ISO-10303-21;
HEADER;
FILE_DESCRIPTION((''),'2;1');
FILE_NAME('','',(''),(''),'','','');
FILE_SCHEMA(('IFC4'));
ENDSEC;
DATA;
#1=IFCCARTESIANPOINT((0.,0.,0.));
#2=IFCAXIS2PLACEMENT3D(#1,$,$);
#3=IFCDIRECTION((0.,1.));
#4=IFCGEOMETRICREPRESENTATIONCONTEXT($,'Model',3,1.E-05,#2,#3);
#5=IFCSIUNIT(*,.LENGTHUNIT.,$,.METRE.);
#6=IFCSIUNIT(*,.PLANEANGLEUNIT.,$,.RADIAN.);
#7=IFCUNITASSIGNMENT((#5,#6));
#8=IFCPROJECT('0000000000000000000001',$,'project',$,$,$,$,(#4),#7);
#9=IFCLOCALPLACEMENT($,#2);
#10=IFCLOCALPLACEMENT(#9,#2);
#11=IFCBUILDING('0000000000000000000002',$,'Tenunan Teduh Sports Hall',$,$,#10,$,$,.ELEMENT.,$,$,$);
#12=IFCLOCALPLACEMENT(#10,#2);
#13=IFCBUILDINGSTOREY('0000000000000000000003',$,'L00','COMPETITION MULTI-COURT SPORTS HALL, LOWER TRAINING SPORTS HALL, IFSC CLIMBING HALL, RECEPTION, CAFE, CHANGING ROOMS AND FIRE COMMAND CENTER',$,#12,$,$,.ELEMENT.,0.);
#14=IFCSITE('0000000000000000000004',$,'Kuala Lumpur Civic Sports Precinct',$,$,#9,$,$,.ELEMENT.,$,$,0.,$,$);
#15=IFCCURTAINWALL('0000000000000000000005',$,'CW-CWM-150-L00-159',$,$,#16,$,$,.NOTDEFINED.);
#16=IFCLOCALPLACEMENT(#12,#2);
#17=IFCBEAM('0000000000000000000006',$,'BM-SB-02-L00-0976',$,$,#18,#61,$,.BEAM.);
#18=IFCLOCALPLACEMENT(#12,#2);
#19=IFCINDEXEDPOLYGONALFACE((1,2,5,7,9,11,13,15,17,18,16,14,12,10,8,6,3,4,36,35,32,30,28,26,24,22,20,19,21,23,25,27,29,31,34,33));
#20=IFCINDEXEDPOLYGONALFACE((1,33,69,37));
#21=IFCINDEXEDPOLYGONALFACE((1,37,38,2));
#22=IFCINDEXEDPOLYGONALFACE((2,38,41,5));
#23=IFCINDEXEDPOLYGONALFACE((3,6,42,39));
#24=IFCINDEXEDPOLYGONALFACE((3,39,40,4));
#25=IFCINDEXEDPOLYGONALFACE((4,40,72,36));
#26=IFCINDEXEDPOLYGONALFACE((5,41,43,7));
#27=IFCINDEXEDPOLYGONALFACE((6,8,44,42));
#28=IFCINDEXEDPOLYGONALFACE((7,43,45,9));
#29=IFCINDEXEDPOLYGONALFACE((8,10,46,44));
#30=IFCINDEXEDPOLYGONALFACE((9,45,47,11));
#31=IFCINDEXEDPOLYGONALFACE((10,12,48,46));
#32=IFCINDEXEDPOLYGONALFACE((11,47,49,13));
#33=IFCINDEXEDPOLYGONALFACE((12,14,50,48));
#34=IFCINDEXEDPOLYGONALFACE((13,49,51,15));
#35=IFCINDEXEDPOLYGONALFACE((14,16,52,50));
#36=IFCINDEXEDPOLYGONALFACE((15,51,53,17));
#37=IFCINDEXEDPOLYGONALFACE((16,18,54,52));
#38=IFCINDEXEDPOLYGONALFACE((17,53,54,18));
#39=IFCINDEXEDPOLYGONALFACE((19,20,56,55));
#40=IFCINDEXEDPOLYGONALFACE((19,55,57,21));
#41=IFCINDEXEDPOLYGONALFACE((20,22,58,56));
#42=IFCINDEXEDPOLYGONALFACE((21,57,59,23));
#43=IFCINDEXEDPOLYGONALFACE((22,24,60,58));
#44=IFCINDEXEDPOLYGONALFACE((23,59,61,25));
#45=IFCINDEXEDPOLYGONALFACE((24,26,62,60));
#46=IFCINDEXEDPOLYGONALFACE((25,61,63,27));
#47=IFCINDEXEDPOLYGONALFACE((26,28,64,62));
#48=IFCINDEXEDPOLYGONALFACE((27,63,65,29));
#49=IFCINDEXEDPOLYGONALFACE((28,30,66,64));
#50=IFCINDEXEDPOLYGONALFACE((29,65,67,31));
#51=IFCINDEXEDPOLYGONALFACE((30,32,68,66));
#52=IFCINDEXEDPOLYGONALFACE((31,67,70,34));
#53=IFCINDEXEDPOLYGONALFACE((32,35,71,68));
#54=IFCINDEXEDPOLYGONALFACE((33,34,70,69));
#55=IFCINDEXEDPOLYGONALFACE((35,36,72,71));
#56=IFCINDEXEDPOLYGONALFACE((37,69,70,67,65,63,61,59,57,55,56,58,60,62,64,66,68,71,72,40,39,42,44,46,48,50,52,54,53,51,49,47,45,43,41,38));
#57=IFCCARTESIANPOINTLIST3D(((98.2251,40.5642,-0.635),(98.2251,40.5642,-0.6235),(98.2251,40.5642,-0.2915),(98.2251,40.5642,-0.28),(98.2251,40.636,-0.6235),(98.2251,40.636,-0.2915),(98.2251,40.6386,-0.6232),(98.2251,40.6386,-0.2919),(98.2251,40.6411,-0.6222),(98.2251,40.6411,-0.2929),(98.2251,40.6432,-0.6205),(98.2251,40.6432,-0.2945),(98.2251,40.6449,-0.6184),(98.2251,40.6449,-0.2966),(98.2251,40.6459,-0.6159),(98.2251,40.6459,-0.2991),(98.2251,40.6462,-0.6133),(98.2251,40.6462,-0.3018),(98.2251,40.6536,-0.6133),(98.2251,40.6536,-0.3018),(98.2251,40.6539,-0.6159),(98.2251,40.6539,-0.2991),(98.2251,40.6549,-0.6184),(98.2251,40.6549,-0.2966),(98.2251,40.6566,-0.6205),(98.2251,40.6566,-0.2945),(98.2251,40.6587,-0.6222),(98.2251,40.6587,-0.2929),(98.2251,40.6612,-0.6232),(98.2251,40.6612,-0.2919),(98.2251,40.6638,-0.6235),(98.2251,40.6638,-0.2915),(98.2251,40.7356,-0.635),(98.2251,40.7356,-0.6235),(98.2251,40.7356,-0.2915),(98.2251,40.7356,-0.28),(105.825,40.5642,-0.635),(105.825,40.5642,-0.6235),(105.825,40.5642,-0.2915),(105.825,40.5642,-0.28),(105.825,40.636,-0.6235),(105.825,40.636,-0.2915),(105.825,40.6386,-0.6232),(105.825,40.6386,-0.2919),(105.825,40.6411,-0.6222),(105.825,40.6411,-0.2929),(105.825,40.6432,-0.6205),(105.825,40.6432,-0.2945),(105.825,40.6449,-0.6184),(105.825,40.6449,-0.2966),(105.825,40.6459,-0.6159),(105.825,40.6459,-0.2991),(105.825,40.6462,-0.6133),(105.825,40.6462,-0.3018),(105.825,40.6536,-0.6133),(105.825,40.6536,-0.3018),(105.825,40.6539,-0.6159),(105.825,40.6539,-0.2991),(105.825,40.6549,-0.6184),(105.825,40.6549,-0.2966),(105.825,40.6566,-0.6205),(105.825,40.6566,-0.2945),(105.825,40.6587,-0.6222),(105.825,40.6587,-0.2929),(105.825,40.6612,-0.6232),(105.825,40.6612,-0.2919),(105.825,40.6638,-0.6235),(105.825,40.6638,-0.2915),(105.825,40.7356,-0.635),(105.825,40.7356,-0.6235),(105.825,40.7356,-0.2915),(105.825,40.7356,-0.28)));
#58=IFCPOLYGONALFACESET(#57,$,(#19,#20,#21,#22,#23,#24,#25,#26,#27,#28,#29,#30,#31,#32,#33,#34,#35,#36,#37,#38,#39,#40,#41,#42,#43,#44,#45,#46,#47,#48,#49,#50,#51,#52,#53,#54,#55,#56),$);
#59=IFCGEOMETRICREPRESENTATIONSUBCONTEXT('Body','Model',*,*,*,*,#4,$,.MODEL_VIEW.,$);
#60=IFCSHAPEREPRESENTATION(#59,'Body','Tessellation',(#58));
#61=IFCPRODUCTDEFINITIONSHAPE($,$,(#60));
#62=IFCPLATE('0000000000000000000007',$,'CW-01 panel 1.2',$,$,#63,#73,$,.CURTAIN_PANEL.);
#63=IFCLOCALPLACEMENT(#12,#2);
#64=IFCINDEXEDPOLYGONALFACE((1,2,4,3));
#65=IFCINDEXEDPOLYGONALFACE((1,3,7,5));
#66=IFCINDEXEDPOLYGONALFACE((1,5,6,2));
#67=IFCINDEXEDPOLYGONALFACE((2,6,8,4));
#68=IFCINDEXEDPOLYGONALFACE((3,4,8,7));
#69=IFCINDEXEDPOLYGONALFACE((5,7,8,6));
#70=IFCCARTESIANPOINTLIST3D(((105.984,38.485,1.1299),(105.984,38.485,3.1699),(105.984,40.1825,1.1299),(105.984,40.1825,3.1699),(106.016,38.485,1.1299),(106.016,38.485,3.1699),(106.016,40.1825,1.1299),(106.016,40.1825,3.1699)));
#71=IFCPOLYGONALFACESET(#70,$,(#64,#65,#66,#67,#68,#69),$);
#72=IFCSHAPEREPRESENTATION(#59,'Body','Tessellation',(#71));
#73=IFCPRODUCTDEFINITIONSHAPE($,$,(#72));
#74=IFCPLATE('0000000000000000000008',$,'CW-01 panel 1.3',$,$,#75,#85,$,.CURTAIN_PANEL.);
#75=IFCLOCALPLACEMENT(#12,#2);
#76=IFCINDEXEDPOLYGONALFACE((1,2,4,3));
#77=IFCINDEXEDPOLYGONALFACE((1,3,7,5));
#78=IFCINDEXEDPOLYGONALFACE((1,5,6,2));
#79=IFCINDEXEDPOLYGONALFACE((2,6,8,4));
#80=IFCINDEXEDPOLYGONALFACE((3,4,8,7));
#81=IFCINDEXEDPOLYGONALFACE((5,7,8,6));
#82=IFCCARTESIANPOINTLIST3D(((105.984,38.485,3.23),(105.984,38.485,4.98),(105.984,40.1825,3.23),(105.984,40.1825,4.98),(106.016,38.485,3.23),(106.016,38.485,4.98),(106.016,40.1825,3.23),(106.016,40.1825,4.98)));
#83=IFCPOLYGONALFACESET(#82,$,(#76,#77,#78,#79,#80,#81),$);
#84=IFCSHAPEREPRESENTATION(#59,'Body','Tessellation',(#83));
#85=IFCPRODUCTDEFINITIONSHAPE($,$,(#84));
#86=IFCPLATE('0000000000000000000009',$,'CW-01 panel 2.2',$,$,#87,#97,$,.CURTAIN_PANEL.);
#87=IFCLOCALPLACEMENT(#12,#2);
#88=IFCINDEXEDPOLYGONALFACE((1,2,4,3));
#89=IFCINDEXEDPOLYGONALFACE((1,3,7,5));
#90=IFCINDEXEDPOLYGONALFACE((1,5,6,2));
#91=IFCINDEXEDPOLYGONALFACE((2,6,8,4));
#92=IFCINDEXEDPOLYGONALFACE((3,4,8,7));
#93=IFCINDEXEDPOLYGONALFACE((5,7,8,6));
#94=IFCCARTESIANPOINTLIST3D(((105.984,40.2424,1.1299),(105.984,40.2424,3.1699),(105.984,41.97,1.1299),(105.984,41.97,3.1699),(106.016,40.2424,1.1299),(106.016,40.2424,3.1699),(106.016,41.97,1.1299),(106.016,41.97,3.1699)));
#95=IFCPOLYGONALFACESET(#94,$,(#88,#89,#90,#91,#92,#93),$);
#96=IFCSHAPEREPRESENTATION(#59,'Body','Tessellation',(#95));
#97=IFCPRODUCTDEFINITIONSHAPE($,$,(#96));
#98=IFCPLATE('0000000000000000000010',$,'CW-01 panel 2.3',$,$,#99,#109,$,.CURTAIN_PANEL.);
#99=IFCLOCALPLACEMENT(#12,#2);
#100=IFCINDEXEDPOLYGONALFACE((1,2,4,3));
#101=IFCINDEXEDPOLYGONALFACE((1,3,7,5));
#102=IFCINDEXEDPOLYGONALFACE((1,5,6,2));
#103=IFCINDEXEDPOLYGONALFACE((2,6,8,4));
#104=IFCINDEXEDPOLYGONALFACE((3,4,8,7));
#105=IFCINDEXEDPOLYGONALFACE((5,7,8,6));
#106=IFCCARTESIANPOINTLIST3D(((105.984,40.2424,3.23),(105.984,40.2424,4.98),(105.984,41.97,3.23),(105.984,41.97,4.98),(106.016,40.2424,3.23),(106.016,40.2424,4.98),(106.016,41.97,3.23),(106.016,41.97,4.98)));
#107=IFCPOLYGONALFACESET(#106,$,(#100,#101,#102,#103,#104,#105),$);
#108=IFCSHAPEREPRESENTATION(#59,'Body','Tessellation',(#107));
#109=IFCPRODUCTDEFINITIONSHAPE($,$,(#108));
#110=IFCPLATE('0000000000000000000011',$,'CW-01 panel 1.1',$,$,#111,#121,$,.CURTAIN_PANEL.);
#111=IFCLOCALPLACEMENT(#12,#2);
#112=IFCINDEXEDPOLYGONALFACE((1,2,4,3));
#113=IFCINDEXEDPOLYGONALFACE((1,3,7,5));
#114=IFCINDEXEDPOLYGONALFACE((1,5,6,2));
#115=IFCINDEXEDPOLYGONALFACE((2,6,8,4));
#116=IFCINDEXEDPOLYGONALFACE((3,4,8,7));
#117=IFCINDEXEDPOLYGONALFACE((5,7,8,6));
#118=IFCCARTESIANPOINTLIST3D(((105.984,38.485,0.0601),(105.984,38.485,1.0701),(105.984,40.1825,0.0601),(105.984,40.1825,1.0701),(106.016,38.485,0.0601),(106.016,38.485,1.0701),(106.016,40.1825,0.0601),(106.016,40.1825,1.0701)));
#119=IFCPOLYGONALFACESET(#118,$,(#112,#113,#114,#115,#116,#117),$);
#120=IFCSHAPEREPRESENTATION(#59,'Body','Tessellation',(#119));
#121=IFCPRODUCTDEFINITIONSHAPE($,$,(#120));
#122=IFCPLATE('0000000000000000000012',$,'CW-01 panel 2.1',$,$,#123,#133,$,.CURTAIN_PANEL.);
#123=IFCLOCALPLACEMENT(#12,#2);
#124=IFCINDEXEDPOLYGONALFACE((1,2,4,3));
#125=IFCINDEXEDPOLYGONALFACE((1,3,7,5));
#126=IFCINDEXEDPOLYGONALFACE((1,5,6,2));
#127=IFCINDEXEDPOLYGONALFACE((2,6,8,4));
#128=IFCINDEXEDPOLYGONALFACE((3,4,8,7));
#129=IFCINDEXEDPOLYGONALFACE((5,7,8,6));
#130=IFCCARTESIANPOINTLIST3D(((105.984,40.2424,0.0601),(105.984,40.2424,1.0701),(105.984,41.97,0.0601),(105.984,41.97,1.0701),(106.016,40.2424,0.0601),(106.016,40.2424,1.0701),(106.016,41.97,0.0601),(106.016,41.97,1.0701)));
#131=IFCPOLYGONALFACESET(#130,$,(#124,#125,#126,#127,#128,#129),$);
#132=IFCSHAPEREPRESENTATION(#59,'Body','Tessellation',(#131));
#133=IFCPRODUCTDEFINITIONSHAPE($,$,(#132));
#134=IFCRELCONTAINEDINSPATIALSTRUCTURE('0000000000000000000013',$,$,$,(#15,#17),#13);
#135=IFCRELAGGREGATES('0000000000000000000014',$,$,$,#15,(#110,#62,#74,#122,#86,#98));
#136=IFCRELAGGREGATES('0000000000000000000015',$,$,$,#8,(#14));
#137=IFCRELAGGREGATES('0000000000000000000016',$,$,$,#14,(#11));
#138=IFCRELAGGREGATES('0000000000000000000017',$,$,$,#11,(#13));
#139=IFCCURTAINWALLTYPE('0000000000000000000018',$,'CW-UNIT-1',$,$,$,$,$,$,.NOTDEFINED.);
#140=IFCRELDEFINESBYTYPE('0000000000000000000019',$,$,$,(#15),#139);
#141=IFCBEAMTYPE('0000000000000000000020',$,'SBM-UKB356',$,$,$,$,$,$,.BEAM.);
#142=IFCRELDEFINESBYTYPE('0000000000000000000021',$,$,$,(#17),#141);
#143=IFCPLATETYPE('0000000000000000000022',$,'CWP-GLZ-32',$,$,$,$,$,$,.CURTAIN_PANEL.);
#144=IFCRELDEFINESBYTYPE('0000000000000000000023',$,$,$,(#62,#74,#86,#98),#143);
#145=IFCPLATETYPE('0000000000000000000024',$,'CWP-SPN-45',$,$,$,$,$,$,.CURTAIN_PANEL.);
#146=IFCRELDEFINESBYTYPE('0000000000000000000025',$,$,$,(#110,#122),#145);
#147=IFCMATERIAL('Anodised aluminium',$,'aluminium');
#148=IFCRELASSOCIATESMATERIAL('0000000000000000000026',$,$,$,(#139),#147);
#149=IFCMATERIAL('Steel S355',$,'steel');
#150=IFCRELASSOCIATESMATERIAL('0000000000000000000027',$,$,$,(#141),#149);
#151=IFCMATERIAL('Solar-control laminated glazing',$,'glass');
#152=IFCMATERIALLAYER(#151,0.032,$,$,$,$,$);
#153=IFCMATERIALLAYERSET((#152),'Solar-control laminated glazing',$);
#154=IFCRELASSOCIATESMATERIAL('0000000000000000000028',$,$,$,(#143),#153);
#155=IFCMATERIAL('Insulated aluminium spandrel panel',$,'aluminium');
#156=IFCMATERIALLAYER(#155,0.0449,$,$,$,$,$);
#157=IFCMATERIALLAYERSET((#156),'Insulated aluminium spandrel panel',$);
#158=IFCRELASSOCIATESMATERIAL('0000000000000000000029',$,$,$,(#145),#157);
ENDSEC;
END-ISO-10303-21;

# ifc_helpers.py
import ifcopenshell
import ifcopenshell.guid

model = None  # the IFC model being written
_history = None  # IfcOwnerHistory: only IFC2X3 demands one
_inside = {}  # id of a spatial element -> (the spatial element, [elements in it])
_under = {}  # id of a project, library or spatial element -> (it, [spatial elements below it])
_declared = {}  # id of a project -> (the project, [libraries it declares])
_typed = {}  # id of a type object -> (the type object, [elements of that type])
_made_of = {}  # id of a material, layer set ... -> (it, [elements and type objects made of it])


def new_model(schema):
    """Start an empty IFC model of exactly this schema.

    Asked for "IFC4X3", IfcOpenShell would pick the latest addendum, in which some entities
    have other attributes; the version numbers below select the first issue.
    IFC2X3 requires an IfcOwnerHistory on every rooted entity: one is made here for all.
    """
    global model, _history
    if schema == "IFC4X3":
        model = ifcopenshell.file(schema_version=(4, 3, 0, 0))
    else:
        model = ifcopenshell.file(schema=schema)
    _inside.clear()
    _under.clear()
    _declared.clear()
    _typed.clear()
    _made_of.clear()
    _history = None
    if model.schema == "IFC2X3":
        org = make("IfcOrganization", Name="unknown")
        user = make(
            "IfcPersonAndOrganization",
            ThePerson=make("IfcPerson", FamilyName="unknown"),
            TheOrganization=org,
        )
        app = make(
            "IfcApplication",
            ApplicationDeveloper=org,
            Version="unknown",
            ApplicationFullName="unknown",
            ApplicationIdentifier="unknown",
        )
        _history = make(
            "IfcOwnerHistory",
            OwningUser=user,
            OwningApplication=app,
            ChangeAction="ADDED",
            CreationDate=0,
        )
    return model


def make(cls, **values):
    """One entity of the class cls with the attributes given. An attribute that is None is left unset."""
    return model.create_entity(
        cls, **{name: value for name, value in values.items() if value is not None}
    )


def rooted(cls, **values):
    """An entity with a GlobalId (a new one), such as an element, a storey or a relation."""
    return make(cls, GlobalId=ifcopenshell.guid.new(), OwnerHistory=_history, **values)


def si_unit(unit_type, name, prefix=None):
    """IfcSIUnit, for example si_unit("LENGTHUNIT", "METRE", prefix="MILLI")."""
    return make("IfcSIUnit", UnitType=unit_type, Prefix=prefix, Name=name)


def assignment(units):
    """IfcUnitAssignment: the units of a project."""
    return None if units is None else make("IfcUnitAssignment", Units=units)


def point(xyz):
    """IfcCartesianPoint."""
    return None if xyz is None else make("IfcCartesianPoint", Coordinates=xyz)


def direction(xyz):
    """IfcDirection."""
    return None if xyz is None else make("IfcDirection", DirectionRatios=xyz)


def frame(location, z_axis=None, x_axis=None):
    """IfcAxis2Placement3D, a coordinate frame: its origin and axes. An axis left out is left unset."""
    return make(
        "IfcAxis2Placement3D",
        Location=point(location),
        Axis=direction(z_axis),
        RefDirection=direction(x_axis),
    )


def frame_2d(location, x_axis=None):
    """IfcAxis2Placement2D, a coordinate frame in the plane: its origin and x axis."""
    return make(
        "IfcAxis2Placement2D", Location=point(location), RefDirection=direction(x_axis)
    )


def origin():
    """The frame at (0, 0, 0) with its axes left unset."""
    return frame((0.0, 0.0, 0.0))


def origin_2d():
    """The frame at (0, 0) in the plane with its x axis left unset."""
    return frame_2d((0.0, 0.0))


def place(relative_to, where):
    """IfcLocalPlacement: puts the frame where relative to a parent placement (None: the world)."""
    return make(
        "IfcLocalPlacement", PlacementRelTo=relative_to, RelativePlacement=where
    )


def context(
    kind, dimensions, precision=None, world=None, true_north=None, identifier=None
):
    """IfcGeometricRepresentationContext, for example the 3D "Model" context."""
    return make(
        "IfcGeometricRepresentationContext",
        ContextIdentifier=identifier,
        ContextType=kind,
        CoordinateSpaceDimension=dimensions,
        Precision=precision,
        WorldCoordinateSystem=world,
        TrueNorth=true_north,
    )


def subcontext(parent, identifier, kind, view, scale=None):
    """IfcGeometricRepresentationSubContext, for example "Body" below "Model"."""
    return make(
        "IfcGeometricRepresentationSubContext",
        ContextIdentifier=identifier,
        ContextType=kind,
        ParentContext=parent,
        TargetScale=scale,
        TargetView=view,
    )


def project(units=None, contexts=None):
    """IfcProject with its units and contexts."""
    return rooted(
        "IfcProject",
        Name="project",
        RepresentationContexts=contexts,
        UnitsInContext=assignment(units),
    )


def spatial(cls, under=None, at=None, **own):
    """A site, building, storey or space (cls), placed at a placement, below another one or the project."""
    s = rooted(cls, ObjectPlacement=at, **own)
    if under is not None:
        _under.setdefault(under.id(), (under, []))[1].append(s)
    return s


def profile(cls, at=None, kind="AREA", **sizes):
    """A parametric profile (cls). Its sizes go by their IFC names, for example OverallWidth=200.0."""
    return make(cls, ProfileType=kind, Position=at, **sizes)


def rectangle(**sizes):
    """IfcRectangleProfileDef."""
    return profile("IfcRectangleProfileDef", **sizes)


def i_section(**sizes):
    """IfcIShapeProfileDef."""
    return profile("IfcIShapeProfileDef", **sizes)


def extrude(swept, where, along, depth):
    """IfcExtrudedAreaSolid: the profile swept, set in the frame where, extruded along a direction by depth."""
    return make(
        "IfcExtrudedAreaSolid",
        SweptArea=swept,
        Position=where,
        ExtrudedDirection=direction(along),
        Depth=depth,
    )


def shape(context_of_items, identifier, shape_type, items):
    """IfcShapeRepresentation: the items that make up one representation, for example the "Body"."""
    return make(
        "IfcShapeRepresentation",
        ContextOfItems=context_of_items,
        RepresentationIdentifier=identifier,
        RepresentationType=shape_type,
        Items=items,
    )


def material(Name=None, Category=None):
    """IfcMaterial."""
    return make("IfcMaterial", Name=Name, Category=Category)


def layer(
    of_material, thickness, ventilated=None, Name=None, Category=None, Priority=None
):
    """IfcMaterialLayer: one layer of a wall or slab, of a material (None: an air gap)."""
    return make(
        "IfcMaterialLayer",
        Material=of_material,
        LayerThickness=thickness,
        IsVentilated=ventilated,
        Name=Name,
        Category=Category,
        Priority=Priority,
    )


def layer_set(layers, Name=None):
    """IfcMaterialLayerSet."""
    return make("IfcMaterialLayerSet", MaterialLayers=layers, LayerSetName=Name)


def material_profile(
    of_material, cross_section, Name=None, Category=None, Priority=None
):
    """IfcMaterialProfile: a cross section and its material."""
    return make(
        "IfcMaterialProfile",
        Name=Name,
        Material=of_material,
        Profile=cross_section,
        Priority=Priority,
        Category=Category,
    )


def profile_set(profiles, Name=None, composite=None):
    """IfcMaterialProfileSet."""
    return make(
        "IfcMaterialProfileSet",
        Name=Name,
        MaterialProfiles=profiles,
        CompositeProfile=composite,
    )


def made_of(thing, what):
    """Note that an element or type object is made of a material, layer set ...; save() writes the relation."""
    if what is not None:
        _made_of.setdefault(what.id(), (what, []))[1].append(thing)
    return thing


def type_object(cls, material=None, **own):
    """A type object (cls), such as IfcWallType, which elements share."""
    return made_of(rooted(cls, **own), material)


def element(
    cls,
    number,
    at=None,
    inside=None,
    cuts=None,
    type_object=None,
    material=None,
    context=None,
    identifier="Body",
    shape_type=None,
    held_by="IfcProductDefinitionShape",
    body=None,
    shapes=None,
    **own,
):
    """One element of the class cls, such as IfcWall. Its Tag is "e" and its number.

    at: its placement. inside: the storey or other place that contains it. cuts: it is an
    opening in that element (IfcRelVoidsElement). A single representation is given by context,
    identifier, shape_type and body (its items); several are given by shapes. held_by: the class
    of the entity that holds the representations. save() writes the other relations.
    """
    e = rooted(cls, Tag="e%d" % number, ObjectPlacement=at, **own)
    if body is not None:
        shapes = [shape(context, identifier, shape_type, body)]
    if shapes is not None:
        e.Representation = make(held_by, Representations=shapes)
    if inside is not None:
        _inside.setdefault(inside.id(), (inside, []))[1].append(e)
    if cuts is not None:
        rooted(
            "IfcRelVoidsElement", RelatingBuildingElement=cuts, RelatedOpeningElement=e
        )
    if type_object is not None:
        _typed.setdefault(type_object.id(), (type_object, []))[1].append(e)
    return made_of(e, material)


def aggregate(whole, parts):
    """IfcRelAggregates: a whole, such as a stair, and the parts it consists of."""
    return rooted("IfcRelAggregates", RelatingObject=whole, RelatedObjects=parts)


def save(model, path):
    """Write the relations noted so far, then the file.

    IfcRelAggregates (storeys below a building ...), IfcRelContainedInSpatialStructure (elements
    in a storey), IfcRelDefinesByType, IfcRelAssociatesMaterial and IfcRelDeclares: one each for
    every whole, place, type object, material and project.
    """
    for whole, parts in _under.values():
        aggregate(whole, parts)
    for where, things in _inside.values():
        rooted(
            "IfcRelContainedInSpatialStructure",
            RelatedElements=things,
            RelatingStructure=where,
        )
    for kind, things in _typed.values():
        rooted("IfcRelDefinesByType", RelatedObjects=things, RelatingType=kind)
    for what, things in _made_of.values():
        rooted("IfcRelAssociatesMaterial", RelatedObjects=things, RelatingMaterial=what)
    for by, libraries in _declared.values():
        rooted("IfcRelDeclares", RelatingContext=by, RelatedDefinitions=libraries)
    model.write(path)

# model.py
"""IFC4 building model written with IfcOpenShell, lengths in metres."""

from ifc_helpers import new_model, si_unit, direction, frame, origin, origin_2d, place, context, subcontext, project, spatial, rectangle, i_section, extrude, material, layer, layer_set, material_profile, profile_set, type_object, element, aggregate, save


model = new_model("IFC4")

# Units and contexts
model_context = context("Model", 3, precision=1e-05, world=origin(), true_north=direction((0.0, 1.0)))
body_context = subcontext(model_context, "Body", "Model", "MODEL_VIEW")
ifc_project = project(units=[si_unit("LENGTHUNIT", "METRE"), si_unit("PLANEANGLEUNIT", "RADIAN")], contexts=[model_context])

# Site, building, storey
site_placement = place(None, origin())
site = spatial("IfcSite", under=ifc_project, at=site_placement, Name="Kuala Lumpur Civic Sports Precinct", CompositionType="ELEMENT", RefElevation=0.0)
building_placement = place(site_placement, origin())
building = spatial("IfcBuilding", under=site, at=building_placement, Name="Tenunan Teduh Sports Hall", CompositionType="ELEMENT")
storey_placement = place(building_placement, origin())
storey = spatial("IfcBuildingStorey", under=building, at=storey_placement, Name="L00", Description="COMPETITION MULTI-COURT SPORTS HALL, LOWER TRAINING SPORTS HALL, IFSC CLIMBING HALL, RECEPTION, CAFE, CHANGING ROOMS AND FIRE COMMAND CENTER", CompositionType="ELEMENT", Elevation=0.0)

# Curtain wall
ifc_material_1 = material(Name="Anodised aluminium", Category="aluminium")
curtain_wall_type = type_object("IfcCurtainWallType", Name="CW-UNIT-1", PredefinedType="NOTDEFINED", material=ifc_material_1)
curtain_wall_placement = place(storey_placement, origin())
curtain_wall = element("IfcCurtainWall", 1, at=curtain_wall_placement, inside=storey, type_object=curtain_wall_type, Name="CW-CWM-150-L00-159", PredefinedType="NOTDEFINED")

# Beam
ifc_material_2 = material(Name="Steel S355", Category="steel")
ifc_material_profile_1 = material_profile(ifc_material_2, i_section(OverallWidth=0.1714, OverallDepth=0.355, WebThickness=0.0073, FlangeThickness=0.0115, FilletRadius=0.0103, at=origin_2d()), Name="UKB 356x171x51")
ifc_profile_set_1 = profile_set([ifc_material_profile_1], Name="Steel S355")
beam_type = type_object("IfcBeamType", Name="SBM-UKB356", PredefinedType="BEAM", material=ifc_profile_set_1)
beam_placement = place(storey_placement, frame((98.2251, 40.6499, -0.4575), z_axis=(1.0, 0.0, 0.0), x_axis=(0.0, 1.0, 0.0)))
element("IfcBeam", 2, at=beam_placement, inside=storey, type_object=beam_type, Name="BM-SB-02-L00-0976", PredefinedType="BEAM", context=body_context, shape_type="SweptSolid", body=[
    extrude(i_section(OverallWidth=0.1714, OverallDepth=0.355, WebThickness=0.0073, FlangeThickness=0.0115, FilletRadius=0.0103, at=origin_2d()), origin(), (0.0, 0.0, 1.0), 7.5999),
])

# Plates
ifc_material_3 = material(Name="Solar-control laminated glazing", Category="glass")
ifc_layer_1 = layer(ifc_material_3, 0.032)
ifc_layer_set_1 = layer_set([ifc_layer_1], Name="Solar-control laminated glazing")
plate_type_1 = type_object("IfcPlateType", Name="CWP-GLZ-32", PredefinedType="CURTAIN_PANEL", material=ifc_layer_set_1)
plate_1_placement = place(storey_placement, frame((106.0, 39.3337, 1.1299), z_axis=(0.0, 0.0, 1.0), x_axis=(0.0, 1.0, 0.0)))
plate_1 = element("IfcPlate", 3, at=plate_1_placement, type_object=plate_type_1, Name="CW-01 panel 1.2", PredefinedType="CURTAIN_PANEL", context=body_context, shape_type="SweptSolid", body=[
    extrude(rectangle(XDim=1.6975, YDim=0.032, at=origin_2d()), origin(), (0.0, 0.0, 1.0), 2.04),
])
plate_2_placement = place(storey_placement, frame((106.0, 39.3337, 3.23), z_axis=(0.0, 0.0, 1.0), x_axis=(0.0, 1.0, 0.0)))
plate_2 = element("IfcPlate", 4, at=plate_2_placement, type_object=plate_type_1, Name="CW-01 panel 1.3", PredefinedType="CURTAIN_PANEL", context=body_context, shape_type="SweptSolid", body=[
    extrude(rectangle(XDim=1.6975, YDim=0.032, at=origin_2d()), origin(), (0.0, 0.0, 1.0), 1.75),
])
plate_3_placement = place(storey_placement, frame((106.0, 41.1062, 1.1299), z_axis=(0.0, 0.0, 1.0), x_axis=(0.0, 1.0, 0.0)))
plate_3 = element("IfcPlate", 5, at=plate_3_placement, type_object=plate_type_1, Name="CW-01 panel 2.2", PredefinedType="CURTAIN_PANEL", context=body_context, shape_type="SweptSolid", body=[
    extrude(rectangle(XDim=1.7275, YDim=0.032, at=origin_2d()), origin(), (0.0, 0.0, 1.0), 2.04),
])
plate_4_placement = place(storey_placement, frame((106.0, 41.1062, 3.23), z_axis=(0.0, 0.0, 1.0), x_axis=(0.0, 1.0, 0.0)))
plate_4 = element("IfcPlate", 6, at=plate_4_placement, type_object=plate_type_1, Name="CW-01 panel 2.3", PredefinedType="CURTAIN_PANEL", context=body_context, shape_type="SweptSolid", body=[
    extrude(rectangle(XDim=1.7275, YDim=0.032, at=origin_2d()), origin(), (0.0, 0.0, 1.0), 1.75),
])
ifc_material_4 = material(Name="Insulated aluminium spandrel panel", Category="aluminium")
ifc_layer_2 = layer(ifc_material_4, 0.0449)
ifc_layer_set_2 = layer_set([ifc_layer_2], Name="Insulated aluminium spandrel panel")
plate_type_2 = type_object("IfcPlateType", Name="CWP-SPN-45", PredefinedType="CURTAIN_PANEL", material=ifc_layer_set_2)
plate_5_placement = place(storey_placement, frame((106.0, 39.3337, 0.0601), z_axis=(0.0, 0.0, 1.0), x_axis=(0.0, 1.0, 0.0)))
plate_5 = element("IfcPlate", 7, at=plate_5_placement, type_object=plate_type_2, Name="CW-01 panel 1.1", PredefinedType="CURTAIN_PANEL", context=body_context, shape_type="SweptSolid", body=[
    extrude(rectangle(XDim=1.6975, YDim=0.032, at=origin_2d()), origin(), (0.0, 0.0, 1.0), 1.01),
])
plate_6_placement = place(storey_placement, frame((106.0, 41.1062, 0.0601), z_axis=(0.0, 0.0, 1.0), x_axis=(0.0, 1.0, 0.0)))
plate_6 = element("IfcPlate", 8, at=plate_6_placement, type_object=plate_type_2, Name="CW-01 panel 2.1", PredefinedType="CURTAIN_PANEL", context=body_context, shape_type="SweptSolid", body=[
    extrude(rectangle(XDim=1.7275, YDim=0.032, at=origin_2d()), origin(), (0.0, 0.0, 1.0), 1.01),
])
aggregate(curtain_wall, [plate_5, plate_1, plate_2, plate_6, plate_3, plate_4])

save(model, "model.ifc")
